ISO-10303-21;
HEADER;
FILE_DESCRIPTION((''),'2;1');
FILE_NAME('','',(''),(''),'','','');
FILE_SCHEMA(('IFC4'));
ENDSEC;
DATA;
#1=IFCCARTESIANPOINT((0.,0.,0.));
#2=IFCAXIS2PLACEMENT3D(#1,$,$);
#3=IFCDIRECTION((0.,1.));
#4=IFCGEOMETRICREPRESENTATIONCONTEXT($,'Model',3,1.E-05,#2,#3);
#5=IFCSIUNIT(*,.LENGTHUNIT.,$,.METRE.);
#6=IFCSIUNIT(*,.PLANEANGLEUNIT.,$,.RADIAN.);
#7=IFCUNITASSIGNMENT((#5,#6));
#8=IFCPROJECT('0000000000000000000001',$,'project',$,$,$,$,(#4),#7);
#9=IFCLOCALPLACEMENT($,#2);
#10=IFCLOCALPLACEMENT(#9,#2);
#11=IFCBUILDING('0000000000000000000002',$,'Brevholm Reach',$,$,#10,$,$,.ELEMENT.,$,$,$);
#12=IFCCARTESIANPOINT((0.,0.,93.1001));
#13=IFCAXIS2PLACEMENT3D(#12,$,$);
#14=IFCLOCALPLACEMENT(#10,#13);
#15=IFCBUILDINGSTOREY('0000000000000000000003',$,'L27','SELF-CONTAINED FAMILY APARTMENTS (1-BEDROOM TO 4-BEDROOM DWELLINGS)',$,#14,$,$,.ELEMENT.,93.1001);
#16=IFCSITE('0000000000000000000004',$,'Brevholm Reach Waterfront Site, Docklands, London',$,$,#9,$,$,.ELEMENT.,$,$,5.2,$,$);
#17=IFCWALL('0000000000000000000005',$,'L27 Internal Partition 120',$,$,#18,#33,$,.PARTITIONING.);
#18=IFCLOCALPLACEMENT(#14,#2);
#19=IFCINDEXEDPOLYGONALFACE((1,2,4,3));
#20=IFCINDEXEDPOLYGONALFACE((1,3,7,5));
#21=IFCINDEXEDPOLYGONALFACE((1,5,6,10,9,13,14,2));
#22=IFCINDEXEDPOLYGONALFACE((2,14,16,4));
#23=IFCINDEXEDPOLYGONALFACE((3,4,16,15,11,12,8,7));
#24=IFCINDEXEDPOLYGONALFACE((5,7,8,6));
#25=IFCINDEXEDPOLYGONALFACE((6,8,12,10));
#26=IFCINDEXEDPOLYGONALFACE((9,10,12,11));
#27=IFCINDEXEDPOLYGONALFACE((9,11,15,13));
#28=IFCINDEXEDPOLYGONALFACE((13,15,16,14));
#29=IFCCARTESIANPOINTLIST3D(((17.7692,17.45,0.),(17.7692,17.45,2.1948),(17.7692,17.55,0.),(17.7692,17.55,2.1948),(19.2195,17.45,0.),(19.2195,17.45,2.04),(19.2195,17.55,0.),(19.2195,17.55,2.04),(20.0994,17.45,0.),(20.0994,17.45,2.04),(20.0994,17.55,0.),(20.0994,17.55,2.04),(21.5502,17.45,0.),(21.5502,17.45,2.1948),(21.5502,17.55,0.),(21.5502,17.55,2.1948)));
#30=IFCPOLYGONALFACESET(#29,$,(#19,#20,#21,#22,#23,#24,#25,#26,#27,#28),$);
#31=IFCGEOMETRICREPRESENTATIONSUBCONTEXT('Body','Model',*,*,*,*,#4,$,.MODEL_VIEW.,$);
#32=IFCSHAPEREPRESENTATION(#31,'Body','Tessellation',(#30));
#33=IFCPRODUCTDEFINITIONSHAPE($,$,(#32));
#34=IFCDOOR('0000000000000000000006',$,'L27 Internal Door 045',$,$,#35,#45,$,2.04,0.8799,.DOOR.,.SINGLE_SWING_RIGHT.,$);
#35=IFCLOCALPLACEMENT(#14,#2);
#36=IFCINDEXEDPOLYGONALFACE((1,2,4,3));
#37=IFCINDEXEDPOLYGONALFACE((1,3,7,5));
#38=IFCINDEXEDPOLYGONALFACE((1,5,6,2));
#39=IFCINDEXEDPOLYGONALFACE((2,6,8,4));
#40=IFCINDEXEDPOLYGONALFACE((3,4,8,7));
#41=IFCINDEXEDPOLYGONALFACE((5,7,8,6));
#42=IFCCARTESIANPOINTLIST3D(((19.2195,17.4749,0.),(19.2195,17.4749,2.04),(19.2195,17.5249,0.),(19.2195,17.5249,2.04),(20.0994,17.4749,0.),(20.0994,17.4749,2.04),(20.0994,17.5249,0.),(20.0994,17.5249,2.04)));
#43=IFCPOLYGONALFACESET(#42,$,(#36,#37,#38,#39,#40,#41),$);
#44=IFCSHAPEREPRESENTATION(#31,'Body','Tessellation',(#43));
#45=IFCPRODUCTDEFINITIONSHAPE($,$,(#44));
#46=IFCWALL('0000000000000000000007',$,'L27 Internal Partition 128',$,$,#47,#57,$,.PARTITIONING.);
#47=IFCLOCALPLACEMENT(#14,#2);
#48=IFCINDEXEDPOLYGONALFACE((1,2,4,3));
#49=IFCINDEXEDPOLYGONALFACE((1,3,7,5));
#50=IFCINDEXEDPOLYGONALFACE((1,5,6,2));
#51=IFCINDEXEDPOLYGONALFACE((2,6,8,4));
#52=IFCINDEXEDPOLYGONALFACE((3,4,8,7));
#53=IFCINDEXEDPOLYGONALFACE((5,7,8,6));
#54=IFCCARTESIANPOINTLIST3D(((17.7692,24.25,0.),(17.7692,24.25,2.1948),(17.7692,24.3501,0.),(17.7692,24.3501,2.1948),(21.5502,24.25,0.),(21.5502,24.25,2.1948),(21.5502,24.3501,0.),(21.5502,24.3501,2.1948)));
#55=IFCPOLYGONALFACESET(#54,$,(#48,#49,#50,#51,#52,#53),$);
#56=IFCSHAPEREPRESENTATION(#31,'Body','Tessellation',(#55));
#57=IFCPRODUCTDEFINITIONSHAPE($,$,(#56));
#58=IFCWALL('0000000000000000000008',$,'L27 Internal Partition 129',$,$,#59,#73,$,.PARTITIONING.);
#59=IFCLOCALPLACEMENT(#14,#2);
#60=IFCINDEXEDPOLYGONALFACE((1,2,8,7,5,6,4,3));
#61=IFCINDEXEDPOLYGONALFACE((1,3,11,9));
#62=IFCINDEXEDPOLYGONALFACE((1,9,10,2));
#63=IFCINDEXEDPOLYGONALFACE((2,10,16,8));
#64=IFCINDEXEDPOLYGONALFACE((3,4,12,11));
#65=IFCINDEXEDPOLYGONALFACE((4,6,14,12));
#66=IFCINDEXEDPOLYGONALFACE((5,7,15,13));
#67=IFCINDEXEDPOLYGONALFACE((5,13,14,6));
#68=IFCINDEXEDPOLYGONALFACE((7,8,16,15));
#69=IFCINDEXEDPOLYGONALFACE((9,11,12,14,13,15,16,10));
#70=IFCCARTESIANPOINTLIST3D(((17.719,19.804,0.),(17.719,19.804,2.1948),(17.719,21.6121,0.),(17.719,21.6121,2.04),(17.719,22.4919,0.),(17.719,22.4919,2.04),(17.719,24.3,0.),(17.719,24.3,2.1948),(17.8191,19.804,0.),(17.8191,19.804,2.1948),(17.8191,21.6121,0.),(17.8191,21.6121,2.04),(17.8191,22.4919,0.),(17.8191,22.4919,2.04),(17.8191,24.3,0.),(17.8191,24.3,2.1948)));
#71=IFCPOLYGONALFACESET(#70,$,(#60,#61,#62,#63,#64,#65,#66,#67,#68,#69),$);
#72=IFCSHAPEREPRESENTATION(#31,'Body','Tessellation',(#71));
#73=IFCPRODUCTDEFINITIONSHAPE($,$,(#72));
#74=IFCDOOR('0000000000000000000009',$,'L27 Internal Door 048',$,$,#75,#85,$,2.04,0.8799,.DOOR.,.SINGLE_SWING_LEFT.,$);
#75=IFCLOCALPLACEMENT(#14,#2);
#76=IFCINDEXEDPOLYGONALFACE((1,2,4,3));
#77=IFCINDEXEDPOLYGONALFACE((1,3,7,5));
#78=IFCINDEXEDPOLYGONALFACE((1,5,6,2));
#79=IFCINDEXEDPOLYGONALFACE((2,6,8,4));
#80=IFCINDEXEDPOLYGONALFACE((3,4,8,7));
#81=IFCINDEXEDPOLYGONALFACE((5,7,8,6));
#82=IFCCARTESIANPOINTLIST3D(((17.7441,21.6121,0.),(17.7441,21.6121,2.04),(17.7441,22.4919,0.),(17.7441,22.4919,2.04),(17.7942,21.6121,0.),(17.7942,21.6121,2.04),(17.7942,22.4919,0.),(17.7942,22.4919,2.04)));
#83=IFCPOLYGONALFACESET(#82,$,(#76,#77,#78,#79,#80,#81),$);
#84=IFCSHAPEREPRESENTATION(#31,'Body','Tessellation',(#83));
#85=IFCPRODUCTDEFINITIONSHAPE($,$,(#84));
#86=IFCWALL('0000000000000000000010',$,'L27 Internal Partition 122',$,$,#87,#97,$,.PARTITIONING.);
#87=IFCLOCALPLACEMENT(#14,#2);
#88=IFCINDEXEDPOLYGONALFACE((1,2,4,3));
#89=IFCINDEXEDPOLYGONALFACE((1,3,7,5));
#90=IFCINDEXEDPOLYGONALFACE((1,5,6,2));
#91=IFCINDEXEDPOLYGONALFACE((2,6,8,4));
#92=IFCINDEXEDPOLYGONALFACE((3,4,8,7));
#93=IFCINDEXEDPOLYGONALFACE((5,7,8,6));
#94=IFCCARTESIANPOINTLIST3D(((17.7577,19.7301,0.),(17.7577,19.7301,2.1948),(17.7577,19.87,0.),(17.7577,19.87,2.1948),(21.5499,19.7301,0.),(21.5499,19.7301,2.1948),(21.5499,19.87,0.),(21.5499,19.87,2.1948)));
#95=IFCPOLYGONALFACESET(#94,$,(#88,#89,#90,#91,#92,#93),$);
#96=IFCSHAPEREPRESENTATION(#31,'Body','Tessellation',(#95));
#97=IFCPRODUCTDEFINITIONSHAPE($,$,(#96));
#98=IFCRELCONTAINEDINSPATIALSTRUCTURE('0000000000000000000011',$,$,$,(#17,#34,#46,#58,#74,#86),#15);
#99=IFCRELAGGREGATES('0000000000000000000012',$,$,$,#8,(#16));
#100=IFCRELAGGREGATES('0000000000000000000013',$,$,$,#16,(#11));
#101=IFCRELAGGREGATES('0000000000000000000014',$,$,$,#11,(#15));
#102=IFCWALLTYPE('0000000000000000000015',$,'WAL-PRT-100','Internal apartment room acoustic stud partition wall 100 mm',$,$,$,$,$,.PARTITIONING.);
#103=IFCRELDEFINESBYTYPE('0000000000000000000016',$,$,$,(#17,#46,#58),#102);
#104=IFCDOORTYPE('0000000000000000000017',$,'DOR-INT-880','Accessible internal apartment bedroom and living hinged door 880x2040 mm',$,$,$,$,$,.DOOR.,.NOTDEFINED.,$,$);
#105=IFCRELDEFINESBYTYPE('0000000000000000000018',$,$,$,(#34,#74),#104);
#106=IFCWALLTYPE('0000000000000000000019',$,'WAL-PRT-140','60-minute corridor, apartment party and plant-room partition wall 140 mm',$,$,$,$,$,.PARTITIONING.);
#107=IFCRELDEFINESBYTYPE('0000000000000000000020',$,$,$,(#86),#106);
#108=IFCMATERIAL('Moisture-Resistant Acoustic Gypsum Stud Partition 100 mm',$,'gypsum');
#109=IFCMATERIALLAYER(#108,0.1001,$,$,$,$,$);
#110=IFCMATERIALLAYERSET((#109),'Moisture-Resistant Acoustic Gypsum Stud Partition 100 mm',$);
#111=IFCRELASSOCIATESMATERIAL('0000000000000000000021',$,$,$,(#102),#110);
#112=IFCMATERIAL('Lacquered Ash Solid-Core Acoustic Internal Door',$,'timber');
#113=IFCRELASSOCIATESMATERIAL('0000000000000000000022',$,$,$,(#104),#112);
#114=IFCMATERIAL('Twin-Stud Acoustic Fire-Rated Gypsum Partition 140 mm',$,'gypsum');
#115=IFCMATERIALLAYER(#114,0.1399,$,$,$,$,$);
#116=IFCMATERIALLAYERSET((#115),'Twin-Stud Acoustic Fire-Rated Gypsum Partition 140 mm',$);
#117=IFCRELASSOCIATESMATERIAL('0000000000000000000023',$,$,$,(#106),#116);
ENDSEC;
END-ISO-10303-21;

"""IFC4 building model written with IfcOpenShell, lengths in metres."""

from ifc_helpers import new_model, si_unit, direction, frame, frame_2d, origin, place, context, subcontext, project, spatial, rectangle, extrude, material, layer, layer_set, type_object, element, fill, save


model = new_model("IFC4")

# Units and contexts
model_context = context("Model", 3, precision=1e-05, world=origin(), true_north=direction((0.0, 1.0)))
body_context = subcontext(model_context, "Body", "Model", "MODEL_VIEW")
ifc_project = project(units=[si_unit("LENGTHUNIT", "METRE"), si_unit("PLANEANGLEUNIT", "RADIAN")], contexts=[model_context])

# Site, building, storey
site_placement = place(None, origin())
site = spatial("IfcSite", under=ifc_project, at=site_placement, Name="Brevholm Reach Waterfront Site, Docklands, London", CompositionType="ELEMENT", RefElevation=5.2)
building_placement = place(site_placement, origin())
building = spatial("IfcBuilding", under=site, at=building_placement, Name="Brevholm Reach", CompositionType="ELEMENT")
storey_placement = place(building_placement, frame((0.0, 0.0, 93.1001)))
storey = spatial("IfcBuildingStorey", under=building, at=storey_placement, Name="L27", Description="SELF-CONTAINED FAMILY APARTMENTS (1-BEDROOM TO 4-BEDROOM DWELLINGS)", CompositionType="ELEMENT", Elevation=93.1001)

# Wall, opening, door
ifc_material_1 = material(Name="Moisture-Resistant Acoustic Gypsum Stud Partition 100 mm", Category="gypsum")
ifc_layer_1 = layer(ifc_material_1, 0.1001)
ifc_layer_set_1 = layer_set([ifc_layer_1], Name="Moisture-Resistant Acoustic Gypsum Stud Partition 100 mm")
wall_type_1 = type_object("IfcWallType", Name="WAL-PRT-100", Description="Internal apartment room acoustic stud partition wall 100 mm", PredefinedType="PARTITIONING", material=ifc_layer_set_1)
wall_1_placement = place(storey_placement, frame((17.769, 17.5, 0.0), z_axis=(0.0, 0.0, 1.0), x_axis=(1.0, 0.0, 0.0)))
wall_1 = element("IfcWall", 1, at=wall_1_placement, inside=storey, type_object=wall_type_1, Name="L27 Internal Partition 120", PredefinedType="PARTITIONING", context=body_context, shape_type="SweptSolid", body=[
    extrude(rectangle(XDim=3.781, YDim=0.1001, at=frame_2d((1.8906, 0.0))), origin(), (0.0, 0.0, 1.0), 2.1948),
])
opening_1_placement = place(wall_1_placement, frame((1.4504, 0.0, 0.0)))
opening_1 = element("IfcOpeningElement", 2, at=opening_1_placement, cuts=wall_1, PredefinedType="OPENING", context=body_context, shape_type="SweptSolid", body=[
    extrude(rectangle(XDim=0.8799, YDim=2.04, at=frame_2d((0.4399, 1.02))), frame((0.0, 0.0601, 0.0), z_axis=(0.0, -1.0, 0.0), x_axis=(1.0, 0.0, 0.0)), (0.0, 0.0, 1.0), 0.1201),
])
ifc_material_2 = material(Name="Lacquered Ash Solid-Core Acoustic Internal Door", Category="timber")
door_type = type_object("IfcDoorType", Name="DOR-INT-880", Description="Accessible internal apartment bedroom and living hinged door 880x2040 mm", OperationType="NOTDEFINED", PredefinedType="DOOR", material=ifc_material_2)
door_1_placement = place(opening_1_placement, origin())
door_1 = element("IfcDoor", 3, at=door_1_placement, inside=storey, type_object=door_type, Name="L27 Internal Door 045", OperationType="SINGLE_SWING_RIGHT", OverallHeight=2.04, OverallWidth=0.8799, PredefinedType="DOOR", context=body_context, shape_type="SweptSolid", body=[
    extrude(rectangle(XDim=0.8799, YDim=2.04, at=frame_2d((0.4399, 1.02))), frame((0.0, 0.0249, 0.0), z_axis=(0.0, -1.0, 0.0), x_axis=(1.0, 0.0, 0.0)), (0.0, 0.0, 1.0), 0.05),
])
fill(opening_1, door_1)

# Wall
wall_2_placement = place(storey_placement, frame((17.769, 24.3, 0.0), z_axis=(0.0, 0.0, 1.0), x_axis=(1.0, 0.0, 0.0)))
element("IfcWall", 4, at=wall_2_placement, inside=storey, type_object=wall_type_1, Name="L27 Internal Partition 128", PredefinedType="PARTITIONING", context=body_context, shape_type="SweptSolid", body=[
    extrude(rectangle(XDim=3.781, YDim=0.1001, at=frame_2d((1.8906, 0.0))), origin(), (0.0, 0.0, 1.0), 2.1948),
])

# Wall, opening, door
wall_3_placement = place(storey_placement, frame((17.769, 19.804, 0.0), z_axis=(0.0, 0.0, 1.0), x_axis=(0.0, 1.0, 0.0)))
wall_3 = element("IfcWall", 5, at=wall_3_placement, inside=storey, type_object=wall_type_1, Name="L27 Internal Partition 129", PredefinedType="PARTITIONING", context=body_context, shape_type="SweptSolid", body=[
    extrude(rectangle(XDim=4.4961, YDim=0.1001, at=frame_2d((2.248, 0.0))), origin(), (0.0, 0.0, 1.0), 2.1948),
])
opening_2_placement = place(wall_3_placement, frame((1.8081, 0.0, 0.0)))
opening_2 = element("IfcOpeningElement", 6, at=opening_2_placement, cuts=wall_3, PredefinedType="OPENING", context=body_context, shape_type="SweptSolid", body=[
    extrude(rectangle(XDim=0.8799, YDim=2.04, at=frame_2d((0.4399, 1.02))), frame((0.0, 0.0601, 0.0), z_axis=(0.0, -1.0, 0.0), x_axis=(1.0, 0.0, 0.0)), (0.0, 0.0, 1.0), 0.1201),
])
door_2_placement = place(opening_2_placement, origin())
door_2 = element("IfcDoor", 7, at=door_2_placement, inside=storey, type_object=door_type, Name="L27 Internal Door 048", OperationType="SINGLE_SWING_LEFT", OverallHeight=2.04, OverallWidth=0.8799, PredefinedType="DOOR", context=body_context, shape_type="SweptSolid", body=[
    extrude(rectangle(XDim=0.8799, YDim=2.04, at=frame_2d((0.4399, 1.02))), frame((0.0, 0.0249, 0.0), z_axis=(0.0, -1.0, 0.0), x_axis=(1.0, 0.0, 0.0)), (0.0, 0.0, 1.0), 0.05),
])
fill(opening_2, door_2)

# Wall
ifc_material_3 = material(Name="Twin-Stud Acoustic Fire-Rated Gypsum Partition 140 mm", Category="gypsum")
ifc_layer_2 = layer(ifc_material_3, 0.1399)
ifc_layer_set_2 = layer_set([ifc_layer_2], Name="Twin-Stud Acoustic Fire-Rated Gypsum Partition 140 mm")
wall_type_2 = type_object("IfcWallType", Name="WAL-PRT-140", Description="60-minute corridor, apartment party and plant-room partition wall 140 mm", PredefinedType="PARTITIONING", material=ifc_layer_set_2)
wall_4_placement = place(storey_placement, frame((17.7578, 19.8, 0.0), z_axis=(0.0, 0.0, 1.0), x_axis=(1.0, 0.0, 0.0)))
element("IfcWall", 8, at=wall_4_placement, inside=storey, type_object=wall_type_2, Name="L27 Internal Partition 122", PredefinedType="PARTITIONING", context=body_context, shape_type="SweptSolid", body=[
    extrude(rectangle(XDim=3.7922, YDim=0.1399, at=frame_2d((1.896, 0.0))), origin(), (0.0, 0.0, 1.0), 2.1948),
])

save(model, "model.ifc")
